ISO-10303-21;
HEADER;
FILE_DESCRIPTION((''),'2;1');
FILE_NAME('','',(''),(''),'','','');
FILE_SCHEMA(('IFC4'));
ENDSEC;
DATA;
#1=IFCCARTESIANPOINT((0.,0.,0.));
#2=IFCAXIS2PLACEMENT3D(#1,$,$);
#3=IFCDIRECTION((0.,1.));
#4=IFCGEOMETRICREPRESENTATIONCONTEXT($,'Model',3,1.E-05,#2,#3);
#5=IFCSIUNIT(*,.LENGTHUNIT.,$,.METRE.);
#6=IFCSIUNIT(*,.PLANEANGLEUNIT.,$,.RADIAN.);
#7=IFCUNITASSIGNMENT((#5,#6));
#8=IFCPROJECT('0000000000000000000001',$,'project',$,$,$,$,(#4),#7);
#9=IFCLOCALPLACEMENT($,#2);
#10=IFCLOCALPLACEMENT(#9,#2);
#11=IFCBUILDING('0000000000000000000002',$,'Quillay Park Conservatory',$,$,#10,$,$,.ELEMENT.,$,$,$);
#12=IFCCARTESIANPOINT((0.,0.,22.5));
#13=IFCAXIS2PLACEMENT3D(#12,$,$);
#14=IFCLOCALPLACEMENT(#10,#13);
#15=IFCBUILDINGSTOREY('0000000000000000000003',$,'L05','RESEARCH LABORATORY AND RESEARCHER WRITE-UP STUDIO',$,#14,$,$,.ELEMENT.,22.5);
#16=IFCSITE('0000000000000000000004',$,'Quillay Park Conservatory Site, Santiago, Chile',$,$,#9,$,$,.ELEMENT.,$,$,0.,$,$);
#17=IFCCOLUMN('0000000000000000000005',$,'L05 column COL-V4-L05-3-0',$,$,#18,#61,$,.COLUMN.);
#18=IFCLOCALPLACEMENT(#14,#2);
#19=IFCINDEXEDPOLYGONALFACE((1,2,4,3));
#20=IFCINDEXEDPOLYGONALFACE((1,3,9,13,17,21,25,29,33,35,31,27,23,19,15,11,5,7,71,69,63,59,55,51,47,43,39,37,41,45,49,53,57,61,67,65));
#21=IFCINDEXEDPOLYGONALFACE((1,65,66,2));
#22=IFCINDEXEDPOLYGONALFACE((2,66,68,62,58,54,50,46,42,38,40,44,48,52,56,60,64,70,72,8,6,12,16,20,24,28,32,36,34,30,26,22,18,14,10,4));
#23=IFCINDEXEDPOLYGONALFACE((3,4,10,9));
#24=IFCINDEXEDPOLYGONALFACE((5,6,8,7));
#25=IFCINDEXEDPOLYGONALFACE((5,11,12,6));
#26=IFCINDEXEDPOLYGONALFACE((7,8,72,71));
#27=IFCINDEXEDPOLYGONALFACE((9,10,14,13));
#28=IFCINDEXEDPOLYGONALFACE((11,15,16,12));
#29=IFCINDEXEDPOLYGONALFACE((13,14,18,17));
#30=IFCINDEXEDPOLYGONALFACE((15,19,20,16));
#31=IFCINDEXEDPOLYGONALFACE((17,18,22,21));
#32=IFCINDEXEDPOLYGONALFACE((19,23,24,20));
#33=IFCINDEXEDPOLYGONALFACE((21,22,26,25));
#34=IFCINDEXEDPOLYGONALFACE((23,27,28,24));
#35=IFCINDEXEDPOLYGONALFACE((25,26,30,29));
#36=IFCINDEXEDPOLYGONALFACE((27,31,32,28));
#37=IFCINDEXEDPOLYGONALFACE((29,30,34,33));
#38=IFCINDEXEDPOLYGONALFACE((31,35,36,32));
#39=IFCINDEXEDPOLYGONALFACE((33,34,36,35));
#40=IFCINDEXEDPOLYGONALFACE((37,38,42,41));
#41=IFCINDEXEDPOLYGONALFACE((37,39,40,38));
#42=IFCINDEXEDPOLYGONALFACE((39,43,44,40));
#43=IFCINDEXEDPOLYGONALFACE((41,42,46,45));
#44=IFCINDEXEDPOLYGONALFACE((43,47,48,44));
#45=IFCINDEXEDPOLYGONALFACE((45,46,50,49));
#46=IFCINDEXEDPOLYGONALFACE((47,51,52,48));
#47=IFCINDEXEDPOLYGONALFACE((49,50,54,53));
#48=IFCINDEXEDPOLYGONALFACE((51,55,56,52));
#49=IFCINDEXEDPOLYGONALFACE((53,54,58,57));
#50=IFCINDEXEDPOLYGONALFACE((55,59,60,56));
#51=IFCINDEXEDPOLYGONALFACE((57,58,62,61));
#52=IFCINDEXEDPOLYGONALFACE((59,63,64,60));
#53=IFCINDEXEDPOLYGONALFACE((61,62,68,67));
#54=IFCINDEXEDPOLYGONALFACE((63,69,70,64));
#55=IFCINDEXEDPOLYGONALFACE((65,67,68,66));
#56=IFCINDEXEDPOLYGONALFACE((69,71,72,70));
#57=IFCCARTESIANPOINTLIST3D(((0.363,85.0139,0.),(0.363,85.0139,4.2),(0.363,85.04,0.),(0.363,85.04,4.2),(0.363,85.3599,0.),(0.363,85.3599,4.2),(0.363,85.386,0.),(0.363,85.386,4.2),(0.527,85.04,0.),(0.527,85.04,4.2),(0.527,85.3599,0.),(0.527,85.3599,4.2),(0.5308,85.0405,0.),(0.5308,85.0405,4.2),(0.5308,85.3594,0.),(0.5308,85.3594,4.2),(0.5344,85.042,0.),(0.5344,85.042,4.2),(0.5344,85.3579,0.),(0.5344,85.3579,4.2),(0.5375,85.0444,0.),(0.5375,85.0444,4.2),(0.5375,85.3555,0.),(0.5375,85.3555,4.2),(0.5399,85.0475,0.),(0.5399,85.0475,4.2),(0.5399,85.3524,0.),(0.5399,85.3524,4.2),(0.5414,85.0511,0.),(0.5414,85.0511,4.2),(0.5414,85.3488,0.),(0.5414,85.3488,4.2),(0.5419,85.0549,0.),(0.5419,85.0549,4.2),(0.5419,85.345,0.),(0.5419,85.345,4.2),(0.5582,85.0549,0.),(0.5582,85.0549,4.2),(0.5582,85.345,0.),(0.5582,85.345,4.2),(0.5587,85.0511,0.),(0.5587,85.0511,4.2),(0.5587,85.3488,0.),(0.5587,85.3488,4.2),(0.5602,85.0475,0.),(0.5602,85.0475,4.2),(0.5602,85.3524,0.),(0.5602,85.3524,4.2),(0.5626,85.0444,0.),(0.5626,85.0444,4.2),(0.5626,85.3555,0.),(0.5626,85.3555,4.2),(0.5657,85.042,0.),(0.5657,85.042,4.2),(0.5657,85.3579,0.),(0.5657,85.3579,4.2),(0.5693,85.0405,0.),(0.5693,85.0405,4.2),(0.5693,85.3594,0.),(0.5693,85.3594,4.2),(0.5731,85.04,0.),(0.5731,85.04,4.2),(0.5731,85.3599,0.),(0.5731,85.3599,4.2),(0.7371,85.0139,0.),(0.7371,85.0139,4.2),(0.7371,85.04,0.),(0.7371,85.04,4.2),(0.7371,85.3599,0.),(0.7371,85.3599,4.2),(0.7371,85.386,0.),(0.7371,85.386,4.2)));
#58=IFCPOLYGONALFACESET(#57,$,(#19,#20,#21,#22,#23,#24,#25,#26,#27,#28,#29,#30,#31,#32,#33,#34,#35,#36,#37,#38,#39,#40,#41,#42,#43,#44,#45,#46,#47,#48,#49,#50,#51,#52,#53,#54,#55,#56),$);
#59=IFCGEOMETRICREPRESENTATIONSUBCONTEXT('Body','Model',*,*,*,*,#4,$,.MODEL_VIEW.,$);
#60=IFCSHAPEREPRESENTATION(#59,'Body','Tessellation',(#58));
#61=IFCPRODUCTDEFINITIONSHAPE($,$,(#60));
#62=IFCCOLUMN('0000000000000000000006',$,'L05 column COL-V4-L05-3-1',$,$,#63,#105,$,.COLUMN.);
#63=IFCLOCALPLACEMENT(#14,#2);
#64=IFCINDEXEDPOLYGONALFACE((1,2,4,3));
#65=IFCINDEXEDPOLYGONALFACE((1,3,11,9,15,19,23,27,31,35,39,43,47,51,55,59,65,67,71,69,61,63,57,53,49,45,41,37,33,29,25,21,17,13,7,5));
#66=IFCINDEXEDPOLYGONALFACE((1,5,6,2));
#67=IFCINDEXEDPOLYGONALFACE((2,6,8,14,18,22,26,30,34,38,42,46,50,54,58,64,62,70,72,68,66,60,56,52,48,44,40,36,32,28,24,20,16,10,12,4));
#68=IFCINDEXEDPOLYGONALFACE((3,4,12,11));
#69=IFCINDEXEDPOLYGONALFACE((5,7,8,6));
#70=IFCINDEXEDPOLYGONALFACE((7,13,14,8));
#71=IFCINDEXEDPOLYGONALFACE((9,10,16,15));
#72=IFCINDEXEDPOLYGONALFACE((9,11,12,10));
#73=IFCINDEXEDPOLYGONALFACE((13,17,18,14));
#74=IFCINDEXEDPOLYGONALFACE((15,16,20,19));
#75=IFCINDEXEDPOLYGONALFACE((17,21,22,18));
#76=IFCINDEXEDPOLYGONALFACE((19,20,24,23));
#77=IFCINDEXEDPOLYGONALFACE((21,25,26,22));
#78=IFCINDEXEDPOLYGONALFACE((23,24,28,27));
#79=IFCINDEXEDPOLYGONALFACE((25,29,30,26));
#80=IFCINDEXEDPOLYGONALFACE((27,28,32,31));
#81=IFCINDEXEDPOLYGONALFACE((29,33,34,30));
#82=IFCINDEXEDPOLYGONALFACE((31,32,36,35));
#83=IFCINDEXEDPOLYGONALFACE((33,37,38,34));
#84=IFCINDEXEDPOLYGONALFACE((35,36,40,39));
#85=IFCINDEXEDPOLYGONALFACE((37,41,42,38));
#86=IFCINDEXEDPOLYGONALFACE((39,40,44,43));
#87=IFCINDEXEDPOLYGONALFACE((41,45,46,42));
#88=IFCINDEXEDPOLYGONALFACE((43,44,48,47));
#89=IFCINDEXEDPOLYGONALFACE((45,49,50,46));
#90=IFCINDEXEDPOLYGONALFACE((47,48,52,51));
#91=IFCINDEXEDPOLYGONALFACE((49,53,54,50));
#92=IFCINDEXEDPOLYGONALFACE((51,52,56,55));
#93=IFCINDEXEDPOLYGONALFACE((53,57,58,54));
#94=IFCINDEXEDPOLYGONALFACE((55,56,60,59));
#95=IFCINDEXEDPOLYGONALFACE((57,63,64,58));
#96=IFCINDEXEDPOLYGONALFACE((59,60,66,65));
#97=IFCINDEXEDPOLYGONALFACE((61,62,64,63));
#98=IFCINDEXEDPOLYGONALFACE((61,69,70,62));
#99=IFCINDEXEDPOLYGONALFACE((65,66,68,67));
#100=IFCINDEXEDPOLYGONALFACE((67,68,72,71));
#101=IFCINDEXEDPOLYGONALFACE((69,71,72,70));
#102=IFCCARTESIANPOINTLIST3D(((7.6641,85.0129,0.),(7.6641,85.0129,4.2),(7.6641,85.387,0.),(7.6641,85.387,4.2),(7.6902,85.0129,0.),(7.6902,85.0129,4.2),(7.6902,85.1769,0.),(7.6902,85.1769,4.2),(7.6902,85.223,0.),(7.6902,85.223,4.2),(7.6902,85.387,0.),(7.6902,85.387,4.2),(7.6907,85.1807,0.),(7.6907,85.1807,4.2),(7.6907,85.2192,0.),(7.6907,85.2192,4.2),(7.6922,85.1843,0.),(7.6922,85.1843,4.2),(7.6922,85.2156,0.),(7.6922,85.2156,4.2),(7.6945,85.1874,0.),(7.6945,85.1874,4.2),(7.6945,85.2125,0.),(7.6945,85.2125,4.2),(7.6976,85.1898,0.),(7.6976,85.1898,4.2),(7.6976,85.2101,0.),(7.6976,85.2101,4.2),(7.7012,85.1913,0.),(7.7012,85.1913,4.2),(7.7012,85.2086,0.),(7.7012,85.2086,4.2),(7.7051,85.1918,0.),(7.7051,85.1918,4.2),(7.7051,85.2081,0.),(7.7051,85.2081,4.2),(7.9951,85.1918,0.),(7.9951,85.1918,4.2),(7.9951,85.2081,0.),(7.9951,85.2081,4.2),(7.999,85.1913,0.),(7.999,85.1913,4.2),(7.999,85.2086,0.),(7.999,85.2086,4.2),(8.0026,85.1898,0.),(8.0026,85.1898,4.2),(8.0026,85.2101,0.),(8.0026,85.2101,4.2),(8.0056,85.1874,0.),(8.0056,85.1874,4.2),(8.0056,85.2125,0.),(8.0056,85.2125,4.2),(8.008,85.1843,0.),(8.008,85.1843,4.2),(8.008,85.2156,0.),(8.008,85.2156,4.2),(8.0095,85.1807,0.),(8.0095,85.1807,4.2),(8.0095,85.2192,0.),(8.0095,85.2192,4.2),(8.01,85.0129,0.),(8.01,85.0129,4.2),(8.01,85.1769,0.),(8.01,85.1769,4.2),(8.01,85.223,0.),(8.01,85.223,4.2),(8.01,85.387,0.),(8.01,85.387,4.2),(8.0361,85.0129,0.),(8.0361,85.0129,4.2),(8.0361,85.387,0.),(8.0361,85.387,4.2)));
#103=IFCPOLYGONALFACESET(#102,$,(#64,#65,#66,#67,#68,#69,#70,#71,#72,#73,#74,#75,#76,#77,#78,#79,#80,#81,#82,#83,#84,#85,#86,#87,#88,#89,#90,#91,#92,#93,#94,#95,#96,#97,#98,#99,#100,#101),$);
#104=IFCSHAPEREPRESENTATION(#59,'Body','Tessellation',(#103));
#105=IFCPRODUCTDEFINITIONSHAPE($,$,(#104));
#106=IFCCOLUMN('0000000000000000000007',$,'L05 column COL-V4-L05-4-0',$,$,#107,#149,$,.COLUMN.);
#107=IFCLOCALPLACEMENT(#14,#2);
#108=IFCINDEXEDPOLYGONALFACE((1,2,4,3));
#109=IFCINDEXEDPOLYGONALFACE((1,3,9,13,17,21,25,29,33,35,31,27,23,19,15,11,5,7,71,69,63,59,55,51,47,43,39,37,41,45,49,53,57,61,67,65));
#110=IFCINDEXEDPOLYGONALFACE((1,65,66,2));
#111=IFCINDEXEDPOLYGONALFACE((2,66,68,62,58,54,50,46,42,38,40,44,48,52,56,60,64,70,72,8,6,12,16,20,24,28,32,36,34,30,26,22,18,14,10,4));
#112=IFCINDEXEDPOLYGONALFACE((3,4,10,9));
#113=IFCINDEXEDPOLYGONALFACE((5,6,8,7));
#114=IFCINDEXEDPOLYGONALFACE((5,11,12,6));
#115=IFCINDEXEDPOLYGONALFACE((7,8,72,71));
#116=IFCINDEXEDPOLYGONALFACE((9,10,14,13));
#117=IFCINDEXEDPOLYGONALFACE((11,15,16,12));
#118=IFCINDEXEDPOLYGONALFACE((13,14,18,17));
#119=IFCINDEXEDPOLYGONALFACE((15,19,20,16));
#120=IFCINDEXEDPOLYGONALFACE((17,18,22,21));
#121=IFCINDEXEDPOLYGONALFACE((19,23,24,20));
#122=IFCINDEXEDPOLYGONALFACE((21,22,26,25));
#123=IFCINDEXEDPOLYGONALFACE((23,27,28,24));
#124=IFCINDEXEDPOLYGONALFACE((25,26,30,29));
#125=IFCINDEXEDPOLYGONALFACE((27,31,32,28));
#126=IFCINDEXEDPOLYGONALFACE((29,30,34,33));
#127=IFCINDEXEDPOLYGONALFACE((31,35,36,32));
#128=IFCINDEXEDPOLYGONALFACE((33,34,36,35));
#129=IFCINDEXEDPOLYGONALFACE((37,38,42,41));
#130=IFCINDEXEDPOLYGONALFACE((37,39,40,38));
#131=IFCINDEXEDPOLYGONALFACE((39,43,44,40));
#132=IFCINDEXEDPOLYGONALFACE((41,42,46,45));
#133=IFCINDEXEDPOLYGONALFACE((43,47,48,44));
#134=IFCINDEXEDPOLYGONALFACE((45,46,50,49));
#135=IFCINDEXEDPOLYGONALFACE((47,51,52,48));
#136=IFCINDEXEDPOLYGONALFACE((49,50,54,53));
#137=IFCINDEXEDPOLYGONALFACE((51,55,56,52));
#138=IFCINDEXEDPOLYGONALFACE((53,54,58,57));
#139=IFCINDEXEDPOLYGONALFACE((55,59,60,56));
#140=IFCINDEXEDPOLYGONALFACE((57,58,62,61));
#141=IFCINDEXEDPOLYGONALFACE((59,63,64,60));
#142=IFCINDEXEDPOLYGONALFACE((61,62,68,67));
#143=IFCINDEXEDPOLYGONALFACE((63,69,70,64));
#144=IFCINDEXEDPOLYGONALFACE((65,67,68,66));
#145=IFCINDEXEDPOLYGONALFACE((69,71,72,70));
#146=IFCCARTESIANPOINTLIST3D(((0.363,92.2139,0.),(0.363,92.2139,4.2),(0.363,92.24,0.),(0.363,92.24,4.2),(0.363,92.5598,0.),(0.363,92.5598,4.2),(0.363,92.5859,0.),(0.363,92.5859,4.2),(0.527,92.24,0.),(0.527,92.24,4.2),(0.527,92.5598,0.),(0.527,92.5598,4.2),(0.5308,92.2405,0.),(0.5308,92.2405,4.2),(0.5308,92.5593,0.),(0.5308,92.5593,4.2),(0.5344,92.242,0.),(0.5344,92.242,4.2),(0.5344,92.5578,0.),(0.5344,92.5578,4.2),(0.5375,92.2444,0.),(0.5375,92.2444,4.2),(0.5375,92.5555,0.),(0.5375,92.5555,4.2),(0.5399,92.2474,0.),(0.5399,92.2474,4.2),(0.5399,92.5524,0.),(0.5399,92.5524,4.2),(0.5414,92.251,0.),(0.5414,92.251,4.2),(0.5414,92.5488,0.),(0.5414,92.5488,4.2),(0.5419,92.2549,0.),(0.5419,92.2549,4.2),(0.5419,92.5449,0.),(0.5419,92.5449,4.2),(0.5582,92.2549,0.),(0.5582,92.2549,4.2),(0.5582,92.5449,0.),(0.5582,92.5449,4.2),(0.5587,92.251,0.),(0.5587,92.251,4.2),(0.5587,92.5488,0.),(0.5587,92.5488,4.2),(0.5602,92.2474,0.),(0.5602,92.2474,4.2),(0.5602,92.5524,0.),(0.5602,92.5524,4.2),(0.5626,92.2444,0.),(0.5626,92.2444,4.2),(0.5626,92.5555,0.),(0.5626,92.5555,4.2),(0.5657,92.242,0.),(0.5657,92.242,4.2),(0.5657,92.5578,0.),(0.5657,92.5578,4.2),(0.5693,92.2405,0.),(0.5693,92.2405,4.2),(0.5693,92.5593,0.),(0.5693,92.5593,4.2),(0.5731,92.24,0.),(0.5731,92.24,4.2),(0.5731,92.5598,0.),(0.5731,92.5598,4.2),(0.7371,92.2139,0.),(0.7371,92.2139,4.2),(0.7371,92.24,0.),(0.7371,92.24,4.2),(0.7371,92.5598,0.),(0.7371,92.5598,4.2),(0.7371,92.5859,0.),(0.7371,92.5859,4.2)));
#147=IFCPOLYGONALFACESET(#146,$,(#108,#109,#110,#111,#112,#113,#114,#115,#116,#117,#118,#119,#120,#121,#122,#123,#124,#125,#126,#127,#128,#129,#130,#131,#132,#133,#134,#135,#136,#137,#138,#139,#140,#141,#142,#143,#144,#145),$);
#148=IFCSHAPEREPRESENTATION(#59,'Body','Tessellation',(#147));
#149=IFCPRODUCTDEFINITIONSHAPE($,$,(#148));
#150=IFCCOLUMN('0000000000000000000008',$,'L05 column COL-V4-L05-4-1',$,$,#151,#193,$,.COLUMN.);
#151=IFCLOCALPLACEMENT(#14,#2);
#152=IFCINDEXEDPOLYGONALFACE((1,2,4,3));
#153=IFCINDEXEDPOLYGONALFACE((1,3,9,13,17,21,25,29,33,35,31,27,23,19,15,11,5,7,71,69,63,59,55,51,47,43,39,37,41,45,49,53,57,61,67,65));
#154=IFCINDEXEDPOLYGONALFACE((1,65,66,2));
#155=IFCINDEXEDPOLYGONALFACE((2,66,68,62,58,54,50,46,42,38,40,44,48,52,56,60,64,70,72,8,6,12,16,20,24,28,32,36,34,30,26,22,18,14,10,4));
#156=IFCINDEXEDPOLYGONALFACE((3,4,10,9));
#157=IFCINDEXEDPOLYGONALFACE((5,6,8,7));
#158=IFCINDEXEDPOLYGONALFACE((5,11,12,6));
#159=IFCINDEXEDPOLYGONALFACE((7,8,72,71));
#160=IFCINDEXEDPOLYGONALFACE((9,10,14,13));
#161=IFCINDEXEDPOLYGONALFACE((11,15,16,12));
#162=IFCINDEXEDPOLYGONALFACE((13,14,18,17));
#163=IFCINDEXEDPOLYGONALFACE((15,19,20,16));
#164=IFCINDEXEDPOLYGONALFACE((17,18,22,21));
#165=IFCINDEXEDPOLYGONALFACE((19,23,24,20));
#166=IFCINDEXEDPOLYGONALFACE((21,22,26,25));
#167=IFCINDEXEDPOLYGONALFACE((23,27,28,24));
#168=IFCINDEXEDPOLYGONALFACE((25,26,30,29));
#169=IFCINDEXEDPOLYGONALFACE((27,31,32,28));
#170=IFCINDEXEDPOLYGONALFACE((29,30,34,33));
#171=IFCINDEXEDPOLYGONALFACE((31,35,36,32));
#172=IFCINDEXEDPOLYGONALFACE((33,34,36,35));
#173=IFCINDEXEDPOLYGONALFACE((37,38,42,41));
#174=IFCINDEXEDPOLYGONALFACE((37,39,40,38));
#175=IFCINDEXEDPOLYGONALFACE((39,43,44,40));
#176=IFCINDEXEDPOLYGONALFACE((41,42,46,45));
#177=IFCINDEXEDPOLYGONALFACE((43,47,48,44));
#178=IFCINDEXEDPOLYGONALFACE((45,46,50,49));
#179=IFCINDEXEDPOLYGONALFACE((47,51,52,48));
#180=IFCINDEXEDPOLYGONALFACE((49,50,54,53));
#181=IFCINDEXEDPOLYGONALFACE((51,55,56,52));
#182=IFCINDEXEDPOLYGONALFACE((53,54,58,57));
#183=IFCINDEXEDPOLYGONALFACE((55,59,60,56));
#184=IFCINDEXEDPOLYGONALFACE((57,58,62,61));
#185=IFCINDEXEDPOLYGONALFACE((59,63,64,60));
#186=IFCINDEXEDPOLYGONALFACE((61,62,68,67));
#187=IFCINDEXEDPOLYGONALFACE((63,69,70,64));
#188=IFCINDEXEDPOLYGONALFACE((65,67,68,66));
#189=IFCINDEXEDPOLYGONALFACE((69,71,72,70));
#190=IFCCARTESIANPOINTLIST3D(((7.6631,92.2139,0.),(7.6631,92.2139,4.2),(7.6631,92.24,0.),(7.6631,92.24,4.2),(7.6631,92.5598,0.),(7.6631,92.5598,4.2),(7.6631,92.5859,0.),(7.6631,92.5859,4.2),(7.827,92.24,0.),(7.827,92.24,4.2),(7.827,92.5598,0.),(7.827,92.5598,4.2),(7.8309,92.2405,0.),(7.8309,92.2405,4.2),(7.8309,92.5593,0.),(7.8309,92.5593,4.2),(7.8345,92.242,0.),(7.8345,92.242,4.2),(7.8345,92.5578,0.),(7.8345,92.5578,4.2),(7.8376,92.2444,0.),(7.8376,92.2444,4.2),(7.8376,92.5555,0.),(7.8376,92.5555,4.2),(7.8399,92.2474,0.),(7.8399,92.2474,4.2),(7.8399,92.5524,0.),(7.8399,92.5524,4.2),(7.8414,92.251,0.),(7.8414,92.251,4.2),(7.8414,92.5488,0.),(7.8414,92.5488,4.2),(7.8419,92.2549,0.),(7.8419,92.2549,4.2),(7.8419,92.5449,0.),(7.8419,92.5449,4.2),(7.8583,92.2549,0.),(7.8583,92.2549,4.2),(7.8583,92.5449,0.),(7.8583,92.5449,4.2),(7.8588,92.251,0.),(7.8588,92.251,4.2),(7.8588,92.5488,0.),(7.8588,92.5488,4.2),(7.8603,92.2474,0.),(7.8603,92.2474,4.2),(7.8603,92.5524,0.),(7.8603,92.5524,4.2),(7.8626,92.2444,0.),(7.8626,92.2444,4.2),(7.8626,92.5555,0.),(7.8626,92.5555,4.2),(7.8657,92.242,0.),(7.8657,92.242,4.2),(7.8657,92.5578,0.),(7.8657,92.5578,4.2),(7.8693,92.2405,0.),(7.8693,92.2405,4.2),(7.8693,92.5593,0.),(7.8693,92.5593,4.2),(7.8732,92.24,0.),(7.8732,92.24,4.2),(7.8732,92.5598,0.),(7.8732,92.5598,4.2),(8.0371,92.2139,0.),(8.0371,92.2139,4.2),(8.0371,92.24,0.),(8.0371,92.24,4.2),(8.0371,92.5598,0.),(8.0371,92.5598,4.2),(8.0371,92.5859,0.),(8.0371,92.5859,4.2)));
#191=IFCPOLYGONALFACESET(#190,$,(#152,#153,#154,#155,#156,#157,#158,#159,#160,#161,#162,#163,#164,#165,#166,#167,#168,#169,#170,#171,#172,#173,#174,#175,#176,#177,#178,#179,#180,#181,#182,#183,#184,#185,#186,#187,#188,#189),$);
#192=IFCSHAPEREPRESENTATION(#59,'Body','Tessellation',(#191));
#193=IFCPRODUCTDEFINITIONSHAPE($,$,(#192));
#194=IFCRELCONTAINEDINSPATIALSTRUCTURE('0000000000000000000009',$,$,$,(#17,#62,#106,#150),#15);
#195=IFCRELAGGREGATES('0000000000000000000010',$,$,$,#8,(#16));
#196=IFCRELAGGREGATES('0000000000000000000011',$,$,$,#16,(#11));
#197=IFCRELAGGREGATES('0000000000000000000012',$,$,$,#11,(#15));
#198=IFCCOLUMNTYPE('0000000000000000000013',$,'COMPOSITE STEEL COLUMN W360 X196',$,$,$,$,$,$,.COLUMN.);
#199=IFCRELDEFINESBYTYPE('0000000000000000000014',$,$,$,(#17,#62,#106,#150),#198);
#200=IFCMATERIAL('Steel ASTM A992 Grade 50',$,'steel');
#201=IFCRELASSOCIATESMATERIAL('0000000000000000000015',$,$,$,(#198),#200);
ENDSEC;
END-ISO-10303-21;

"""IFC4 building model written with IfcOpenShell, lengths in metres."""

from ifc_helpers import new_model, si_unit, direction, frame, origin, origin_2d, place, context, subcontext, project, spatial, i_section, extrude, material, material_profile, profile_set, type_object, element, save


model = new_model("IFC4")

# Units and contexts
model_context = context("Model", 3, precision=1e-05, world=origin(), true_north=direction((0.0, 1.0)))
body_context = subcontext(model_context, "Body", "Model", "MODEL_VIEW")
ifc_project = project(units=[si_unit("LENGTHUNIT", "METRE"), si_unit("PLANEANGLEUNIT", "RADIAN")], contexts=[model_context])

# Site, building, storey
site_placement = place(None, origin())
site = spatial("IfcSite", under=ifc_project, at=site_placement, Name="Quillay Park Conservatory Site, Santiago, Chile", CompositionType="ELEMENT", RefElevation=0.0)
building_placement = place(site_placement, origin())
building = spatial("IfcBuilding", under=site, at=building_placement, Name="Quillay Park Conservatory", CompositionType="ELEMENT")
storey_placement = place(building_placement, frame((0.0, 0.0, 22.5)))
storey = spatial("IfcBuildingStorey", under=building, at=storey_placement, Name="L05", Description="RESEARCH LABORATORY AND RESEARCHER WRITE-UP STUDIO", CompositionType="ELEMENT", Elevation=22.5)

# Columns
ifc_material_1 = material(Name="Steel ASTM A992 Grade 50", Category="steel")
ifc_material_profile_1 = material_profile(ifc_material_1, i_section(OverallWidth=0.374, OverallDepth=0.3721, WebThickness=0.0164, FlangeThickness=0.0261, FilletRadius=0.0149, at=origin_2d()), Name="W360x196")
ifc_profile_set_1 = profile_set([ifc_material_profile_1], Name="Steel ASTM A992 Grade 50")
column_type = type_object("IfcColumnType", Name="COMPOSITE STEEL COLUMN W360 X196", PredefinedType="COLUMN", material=ifc_profile_set_1)
for number, where, z_axis, x_axis, name in (
    (1, (0.55, 85.2, 0.0), (0.0, 0.0, 1.0), (1.0, 0.0, 0.0), "L05 column COL-V4-L05-3-0"),
    (2, (7.8501, 85.2, 0.0), (0.0, 0.0, 1.0), (0.0, 1.0, 0.0), "L05 column COL-V4-L05-3-1"),
    (3, (0.55, 92.3999, 0.0), (0.0, 0.0, 1.0), (1.0, 0.0, 0.0), "L05 column COL-V4-L05-4-0"),
    (4, (7.8501, 92.3999, 0.0), (0.0, 0.0, 1.0), (1.0, 0.0, 0.0), "L05 column COL-V4-L05-4-1"),
):
    element("IfcColumn", number, at=place(storey_placement, frame(where, z_axis=z_axis, x_axis=x_axis)), inside=storey, type_object=column_type, Name=name, PredefinedType="COLUMN", context=body_context, shape_type="SweptSolid", body=[
        extrude(i_section(OverallWidth=0.374, OverallDepth=0.3721, WebThickness=0.0164, FlangeThickness=0.0261, FilletRadius=0.0149, at=origin_2d()), origin(), (0.0, 0.0, 1.0), 4.2),
    ])

save(model, "model.ifc")
